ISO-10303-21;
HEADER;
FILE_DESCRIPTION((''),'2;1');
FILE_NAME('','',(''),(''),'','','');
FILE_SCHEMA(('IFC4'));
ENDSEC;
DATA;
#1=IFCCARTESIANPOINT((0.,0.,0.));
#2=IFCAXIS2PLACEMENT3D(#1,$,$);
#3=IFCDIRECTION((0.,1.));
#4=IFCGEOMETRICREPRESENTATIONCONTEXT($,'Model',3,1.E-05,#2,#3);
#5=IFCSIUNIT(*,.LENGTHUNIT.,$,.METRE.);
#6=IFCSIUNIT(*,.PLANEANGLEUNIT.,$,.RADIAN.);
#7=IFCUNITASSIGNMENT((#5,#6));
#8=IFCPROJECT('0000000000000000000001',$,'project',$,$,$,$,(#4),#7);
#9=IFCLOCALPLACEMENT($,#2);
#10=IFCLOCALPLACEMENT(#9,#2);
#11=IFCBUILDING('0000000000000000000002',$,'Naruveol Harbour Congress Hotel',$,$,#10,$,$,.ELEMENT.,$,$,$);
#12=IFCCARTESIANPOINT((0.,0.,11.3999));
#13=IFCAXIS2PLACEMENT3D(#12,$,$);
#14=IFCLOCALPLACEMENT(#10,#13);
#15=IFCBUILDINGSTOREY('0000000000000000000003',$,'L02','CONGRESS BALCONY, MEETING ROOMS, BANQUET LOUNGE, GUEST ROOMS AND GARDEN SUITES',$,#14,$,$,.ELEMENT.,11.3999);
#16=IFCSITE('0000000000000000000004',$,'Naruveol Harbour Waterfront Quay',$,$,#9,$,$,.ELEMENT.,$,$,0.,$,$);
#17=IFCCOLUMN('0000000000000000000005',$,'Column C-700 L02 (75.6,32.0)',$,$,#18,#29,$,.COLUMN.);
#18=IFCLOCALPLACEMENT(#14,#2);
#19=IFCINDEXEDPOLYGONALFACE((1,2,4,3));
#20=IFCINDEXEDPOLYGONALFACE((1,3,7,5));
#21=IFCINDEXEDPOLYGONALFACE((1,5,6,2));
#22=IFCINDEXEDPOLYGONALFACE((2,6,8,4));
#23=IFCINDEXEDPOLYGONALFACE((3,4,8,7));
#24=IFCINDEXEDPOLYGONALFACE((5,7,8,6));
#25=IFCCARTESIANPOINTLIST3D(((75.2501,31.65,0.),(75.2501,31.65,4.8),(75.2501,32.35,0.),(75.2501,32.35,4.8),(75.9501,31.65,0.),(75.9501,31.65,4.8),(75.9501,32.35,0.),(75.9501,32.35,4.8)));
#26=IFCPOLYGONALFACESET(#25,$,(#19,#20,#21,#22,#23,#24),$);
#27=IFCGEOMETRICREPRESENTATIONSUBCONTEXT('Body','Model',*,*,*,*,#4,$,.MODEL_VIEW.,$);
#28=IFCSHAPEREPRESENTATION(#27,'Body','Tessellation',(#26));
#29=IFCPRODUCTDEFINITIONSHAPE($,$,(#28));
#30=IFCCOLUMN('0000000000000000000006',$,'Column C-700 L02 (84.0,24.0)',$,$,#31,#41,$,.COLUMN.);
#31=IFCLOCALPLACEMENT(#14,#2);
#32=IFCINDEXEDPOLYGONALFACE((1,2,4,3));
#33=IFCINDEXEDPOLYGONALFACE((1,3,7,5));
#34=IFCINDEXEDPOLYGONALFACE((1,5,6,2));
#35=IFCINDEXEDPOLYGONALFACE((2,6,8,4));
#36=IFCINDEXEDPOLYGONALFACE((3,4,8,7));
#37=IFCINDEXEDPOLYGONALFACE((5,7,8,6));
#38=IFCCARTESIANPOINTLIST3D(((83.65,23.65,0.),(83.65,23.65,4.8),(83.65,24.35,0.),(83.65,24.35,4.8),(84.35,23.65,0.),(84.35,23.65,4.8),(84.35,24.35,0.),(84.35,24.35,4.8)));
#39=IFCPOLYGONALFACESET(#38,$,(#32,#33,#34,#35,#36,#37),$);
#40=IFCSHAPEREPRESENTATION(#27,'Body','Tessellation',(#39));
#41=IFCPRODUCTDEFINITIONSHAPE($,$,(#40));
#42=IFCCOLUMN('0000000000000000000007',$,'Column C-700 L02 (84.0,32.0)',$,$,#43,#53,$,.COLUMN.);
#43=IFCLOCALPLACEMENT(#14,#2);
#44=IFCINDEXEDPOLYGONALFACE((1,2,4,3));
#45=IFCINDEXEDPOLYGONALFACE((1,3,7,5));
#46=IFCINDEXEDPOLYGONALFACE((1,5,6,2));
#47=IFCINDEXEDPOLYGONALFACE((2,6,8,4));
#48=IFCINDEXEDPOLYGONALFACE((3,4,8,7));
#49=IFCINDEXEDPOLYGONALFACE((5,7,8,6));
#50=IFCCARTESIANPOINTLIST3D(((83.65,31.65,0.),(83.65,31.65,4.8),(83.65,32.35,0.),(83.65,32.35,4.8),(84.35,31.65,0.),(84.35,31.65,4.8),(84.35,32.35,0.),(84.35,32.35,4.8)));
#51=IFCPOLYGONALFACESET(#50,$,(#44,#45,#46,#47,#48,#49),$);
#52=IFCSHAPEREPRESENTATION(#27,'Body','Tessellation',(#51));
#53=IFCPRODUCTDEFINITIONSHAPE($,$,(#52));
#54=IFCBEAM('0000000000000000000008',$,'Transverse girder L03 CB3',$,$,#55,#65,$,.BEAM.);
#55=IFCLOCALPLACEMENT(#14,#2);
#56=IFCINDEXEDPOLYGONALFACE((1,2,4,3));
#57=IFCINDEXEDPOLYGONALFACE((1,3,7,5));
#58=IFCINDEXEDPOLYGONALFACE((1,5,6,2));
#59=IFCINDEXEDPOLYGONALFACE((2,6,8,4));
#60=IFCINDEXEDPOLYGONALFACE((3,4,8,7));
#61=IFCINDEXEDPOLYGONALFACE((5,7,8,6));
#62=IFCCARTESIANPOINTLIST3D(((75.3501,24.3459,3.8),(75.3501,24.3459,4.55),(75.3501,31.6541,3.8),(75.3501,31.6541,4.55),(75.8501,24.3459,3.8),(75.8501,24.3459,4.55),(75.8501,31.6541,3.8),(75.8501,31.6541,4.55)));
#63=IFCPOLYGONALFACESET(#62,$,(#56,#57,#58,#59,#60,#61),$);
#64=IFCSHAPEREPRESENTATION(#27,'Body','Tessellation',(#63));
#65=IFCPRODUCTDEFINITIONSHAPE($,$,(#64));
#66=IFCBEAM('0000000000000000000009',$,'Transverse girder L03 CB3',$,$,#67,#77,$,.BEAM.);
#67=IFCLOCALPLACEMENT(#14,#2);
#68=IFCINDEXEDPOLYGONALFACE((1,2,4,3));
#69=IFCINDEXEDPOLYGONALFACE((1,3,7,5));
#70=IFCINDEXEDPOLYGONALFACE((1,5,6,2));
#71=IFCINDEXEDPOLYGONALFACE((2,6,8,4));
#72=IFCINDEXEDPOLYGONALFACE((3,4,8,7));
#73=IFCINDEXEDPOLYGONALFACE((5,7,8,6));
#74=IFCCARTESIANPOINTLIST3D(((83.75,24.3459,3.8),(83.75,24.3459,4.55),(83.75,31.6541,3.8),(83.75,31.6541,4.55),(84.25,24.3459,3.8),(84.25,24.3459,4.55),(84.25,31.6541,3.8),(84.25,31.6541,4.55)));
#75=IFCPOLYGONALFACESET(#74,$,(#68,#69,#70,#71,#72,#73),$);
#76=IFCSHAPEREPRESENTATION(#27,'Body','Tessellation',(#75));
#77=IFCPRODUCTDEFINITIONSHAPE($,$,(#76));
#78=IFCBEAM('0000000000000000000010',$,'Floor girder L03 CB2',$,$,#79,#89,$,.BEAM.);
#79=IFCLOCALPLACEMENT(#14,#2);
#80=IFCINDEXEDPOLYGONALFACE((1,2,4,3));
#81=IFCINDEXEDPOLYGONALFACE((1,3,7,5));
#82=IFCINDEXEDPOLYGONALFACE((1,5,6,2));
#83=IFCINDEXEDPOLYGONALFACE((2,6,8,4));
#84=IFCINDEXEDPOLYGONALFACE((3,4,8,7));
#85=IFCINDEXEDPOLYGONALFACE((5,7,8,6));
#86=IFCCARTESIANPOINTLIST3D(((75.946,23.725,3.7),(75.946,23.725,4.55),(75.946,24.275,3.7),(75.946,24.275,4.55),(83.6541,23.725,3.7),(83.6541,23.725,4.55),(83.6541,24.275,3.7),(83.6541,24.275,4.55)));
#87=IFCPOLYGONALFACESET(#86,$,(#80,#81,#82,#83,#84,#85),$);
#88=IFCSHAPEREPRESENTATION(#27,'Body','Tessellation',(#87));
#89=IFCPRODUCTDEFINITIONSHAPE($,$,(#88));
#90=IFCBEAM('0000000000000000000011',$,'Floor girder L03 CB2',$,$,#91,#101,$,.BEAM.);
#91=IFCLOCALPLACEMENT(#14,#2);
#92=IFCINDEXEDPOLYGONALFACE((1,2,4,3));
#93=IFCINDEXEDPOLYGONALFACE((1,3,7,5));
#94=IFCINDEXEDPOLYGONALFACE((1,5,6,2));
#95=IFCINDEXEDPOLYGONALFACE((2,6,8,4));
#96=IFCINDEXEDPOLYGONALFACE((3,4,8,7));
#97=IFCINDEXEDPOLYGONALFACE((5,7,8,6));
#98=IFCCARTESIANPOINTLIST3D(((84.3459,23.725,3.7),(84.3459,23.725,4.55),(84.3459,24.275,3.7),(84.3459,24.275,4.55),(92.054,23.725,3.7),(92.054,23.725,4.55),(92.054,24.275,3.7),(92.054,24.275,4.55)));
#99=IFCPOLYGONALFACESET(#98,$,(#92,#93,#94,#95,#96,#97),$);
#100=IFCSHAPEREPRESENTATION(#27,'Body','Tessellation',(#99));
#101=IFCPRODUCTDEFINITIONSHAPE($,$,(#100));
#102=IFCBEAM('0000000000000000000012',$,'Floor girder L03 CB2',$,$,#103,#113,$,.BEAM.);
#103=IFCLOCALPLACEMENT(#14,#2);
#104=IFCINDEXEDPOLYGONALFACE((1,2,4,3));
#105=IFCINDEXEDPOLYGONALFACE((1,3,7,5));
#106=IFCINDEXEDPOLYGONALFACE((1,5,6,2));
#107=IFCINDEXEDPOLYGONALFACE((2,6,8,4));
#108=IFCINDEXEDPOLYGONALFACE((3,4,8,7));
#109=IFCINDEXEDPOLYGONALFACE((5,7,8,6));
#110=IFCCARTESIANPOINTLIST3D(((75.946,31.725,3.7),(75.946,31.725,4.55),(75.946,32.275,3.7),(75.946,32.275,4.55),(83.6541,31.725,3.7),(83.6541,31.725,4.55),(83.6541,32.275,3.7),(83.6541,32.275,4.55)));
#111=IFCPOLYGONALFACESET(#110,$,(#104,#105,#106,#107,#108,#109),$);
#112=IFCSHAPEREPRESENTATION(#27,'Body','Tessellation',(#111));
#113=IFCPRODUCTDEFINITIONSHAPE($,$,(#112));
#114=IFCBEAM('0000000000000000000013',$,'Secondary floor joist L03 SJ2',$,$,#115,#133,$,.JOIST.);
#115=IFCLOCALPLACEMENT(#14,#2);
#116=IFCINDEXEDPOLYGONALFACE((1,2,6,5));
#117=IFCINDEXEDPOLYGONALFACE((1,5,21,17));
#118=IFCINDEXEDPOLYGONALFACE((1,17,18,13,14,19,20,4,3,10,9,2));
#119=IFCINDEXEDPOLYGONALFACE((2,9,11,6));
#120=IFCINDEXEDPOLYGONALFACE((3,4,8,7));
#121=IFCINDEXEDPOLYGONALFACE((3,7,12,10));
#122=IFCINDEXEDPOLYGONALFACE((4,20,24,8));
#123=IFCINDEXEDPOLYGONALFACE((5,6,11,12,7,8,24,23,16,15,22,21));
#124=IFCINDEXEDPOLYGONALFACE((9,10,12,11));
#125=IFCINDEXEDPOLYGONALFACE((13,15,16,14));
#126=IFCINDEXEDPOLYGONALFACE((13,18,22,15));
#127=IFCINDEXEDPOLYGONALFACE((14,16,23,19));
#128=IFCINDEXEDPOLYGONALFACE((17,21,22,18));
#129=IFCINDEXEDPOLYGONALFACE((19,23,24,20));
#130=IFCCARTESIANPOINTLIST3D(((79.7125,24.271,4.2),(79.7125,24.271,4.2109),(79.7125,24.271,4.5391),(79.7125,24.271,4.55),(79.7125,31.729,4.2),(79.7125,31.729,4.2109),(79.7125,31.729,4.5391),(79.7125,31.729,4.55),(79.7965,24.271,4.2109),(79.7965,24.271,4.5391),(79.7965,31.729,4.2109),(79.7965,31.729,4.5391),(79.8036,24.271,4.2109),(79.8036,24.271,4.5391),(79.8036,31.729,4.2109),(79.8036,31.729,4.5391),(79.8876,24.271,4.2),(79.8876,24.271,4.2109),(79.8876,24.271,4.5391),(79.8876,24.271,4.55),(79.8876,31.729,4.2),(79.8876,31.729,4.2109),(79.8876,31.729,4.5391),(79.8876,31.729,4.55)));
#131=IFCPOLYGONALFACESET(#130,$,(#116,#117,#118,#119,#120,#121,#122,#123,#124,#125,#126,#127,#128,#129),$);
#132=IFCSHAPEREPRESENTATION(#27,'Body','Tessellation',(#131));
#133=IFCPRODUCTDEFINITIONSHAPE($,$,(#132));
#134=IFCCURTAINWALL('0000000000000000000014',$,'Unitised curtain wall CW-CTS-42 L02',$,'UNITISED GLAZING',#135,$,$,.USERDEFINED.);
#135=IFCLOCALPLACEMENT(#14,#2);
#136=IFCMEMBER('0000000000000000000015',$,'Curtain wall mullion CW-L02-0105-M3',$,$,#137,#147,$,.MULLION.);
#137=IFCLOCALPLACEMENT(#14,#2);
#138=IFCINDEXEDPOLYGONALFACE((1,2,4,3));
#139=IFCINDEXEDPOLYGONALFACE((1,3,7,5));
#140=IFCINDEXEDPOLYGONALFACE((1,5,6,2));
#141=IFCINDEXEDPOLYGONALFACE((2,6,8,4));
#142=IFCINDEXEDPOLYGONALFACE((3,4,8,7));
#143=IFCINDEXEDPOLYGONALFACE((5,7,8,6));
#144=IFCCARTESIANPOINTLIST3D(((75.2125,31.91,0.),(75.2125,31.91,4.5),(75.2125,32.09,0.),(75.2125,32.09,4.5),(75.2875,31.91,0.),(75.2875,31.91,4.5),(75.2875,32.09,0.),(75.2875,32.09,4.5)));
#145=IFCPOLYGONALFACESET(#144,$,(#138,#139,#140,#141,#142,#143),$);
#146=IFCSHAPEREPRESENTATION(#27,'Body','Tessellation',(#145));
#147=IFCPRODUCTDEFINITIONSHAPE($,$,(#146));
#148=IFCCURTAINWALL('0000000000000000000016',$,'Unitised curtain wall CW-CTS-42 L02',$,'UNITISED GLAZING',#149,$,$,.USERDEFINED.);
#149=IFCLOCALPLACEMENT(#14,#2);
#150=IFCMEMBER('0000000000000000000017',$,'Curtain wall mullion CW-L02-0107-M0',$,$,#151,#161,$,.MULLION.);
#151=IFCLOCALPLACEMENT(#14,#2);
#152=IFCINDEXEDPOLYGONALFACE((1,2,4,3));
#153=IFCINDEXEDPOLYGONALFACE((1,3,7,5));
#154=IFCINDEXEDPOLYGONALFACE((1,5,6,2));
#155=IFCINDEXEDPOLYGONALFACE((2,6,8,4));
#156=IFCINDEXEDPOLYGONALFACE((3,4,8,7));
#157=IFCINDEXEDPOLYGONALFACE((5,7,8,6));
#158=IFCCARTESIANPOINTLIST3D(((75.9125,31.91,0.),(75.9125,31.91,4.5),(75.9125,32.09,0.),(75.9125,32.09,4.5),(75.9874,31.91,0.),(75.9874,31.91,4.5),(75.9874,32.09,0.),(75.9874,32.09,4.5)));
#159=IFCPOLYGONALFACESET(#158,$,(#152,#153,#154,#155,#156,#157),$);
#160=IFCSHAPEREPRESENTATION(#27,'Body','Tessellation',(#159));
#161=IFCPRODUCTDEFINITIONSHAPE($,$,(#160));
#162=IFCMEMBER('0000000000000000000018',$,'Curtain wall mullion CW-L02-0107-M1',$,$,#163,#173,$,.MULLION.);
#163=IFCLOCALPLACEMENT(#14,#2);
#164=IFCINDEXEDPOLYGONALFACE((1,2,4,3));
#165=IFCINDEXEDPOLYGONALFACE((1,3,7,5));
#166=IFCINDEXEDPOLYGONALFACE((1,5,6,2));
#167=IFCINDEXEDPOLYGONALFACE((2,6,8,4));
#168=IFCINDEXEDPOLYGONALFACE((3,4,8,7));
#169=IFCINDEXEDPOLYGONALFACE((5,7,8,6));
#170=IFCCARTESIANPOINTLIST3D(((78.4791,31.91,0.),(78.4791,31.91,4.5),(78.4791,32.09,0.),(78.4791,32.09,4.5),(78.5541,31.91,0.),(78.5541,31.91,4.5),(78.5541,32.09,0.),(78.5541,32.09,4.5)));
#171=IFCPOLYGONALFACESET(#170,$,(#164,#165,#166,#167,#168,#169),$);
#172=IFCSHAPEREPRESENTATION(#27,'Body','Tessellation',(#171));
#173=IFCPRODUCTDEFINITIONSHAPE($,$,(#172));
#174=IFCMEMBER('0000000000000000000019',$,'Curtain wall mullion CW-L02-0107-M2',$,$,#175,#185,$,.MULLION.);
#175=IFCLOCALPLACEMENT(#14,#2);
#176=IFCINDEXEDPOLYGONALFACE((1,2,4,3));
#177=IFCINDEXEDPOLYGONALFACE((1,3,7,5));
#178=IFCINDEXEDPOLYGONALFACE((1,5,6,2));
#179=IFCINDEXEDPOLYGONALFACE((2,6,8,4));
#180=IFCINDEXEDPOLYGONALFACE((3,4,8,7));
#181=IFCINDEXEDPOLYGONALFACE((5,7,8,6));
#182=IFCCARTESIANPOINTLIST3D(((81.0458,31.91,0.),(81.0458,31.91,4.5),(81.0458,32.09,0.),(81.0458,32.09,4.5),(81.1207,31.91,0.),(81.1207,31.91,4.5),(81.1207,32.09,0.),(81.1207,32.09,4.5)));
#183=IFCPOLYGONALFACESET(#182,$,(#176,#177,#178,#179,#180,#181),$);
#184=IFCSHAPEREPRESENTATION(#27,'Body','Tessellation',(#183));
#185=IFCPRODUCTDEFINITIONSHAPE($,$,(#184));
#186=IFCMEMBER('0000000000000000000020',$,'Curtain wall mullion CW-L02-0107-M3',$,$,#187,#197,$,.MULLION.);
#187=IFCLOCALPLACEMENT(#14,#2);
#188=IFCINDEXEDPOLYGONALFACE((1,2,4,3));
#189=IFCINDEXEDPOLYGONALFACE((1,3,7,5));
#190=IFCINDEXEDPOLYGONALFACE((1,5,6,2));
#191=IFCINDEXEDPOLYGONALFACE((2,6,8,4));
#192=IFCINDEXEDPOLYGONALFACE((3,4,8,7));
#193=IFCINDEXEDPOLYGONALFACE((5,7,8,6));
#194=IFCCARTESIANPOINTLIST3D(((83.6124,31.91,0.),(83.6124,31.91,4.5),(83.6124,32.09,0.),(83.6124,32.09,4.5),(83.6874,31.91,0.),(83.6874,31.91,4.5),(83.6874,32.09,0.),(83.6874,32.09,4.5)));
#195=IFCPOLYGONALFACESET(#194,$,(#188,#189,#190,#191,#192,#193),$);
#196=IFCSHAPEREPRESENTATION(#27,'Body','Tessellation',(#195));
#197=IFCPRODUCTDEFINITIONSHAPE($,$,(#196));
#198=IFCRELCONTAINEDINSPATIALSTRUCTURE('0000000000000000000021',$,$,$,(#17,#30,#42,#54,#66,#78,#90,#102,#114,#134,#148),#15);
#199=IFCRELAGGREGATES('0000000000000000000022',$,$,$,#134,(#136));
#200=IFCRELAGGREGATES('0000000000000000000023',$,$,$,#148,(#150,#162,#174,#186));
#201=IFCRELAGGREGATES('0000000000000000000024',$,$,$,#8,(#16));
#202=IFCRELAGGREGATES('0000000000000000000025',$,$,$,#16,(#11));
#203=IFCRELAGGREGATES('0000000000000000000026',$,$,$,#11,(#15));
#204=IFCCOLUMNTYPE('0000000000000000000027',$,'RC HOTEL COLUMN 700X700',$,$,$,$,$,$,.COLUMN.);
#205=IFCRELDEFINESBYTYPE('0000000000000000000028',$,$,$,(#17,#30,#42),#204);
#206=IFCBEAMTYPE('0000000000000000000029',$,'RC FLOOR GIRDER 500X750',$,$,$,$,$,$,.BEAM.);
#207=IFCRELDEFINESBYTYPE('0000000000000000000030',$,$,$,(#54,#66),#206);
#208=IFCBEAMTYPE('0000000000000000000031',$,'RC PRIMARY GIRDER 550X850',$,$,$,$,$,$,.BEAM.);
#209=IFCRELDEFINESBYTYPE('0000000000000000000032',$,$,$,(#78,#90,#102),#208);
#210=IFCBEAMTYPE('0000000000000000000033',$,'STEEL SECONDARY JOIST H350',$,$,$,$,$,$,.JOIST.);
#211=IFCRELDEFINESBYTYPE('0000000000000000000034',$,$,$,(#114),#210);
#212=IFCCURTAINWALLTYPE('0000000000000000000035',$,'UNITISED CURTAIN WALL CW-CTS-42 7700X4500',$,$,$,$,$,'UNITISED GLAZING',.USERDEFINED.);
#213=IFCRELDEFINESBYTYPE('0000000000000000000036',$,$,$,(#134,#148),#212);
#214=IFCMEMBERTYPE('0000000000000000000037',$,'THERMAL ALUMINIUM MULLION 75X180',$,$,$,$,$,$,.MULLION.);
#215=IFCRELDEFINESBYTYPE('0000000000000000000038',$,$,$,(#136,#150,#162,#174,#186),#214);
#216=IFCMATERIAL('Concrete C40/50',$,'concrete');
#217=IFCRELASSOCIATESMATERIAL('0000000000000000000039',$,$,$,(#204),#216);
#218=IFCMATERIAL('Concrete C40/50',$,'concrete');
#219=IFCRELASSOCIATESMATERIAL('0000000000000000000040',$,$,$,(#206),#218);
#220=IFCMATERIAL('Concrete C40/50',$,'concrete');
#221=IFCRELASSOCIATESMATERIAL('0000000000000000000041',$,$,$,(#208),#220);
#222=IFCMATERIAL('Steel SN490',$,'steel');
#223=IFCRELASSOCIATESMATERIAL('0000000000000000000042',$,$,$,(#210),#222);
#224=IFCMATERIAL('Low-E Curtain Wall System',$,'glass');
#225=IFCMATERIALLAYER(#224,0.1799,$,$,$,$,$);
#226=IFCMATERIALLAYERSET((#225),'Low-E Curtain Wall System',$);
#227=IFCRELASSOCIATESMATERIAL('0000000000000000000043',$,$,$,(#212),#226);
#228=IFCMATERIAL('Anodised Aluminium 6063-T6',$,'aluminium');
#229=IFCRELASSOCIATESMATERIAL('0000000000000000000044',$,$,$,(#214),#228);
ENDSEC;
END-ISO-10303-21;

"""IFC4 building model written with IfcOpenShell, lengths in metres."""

from ifc_helpers import new_model, si_unit, direction, frame, origin, origin_2d, place, context, subcontext, project, spatial, rectangle, i_section, extrude, material, layer, layer_set, material_profile, profile_set, type_object, element, aggregate, save


model = new_model("IFC4")

# Units and contexts
model_context = context("Model", 3, precision=1e-05, world=origin(), true_north=direction((0.0, 1.0)))
body_context = subcontext(model_context, "Body", "Model", "MODEL_VIEW")
ifc_project = project(units=[si_unit("LENGTHUNIT", "METRE"), si_unit("PLANEANGLEUNIT", "RADIAN")], contexts=[model_context])

# Site, building, storey
site_placement = place(None, origin())
site = spatial("IfcSite", under=ifc_project, at=site_placement, Name="Naruveol Harbour Waterfront Quay", CompositionType="ELEMENT", RefElevation=0.0)
building_placement = place(site_placement, origin())
building = spatial("IfcBuilding", under=site, at=building_placement, Name="Naruveol Harbour Congress Hotel", CompositionType="ELEMENT")
storey_placement = place(building_placement, frame((0.0, 0.0, 11.3999)))
storey = spatial("IfcBuildingStorey", under=building, at=storey_placement, Name="L02", Description="CONGRESS BALCONY, MEETING ROOMS, BANQUET LOUNGE, GUEST ROOMS AND GARDEN SUITES", CompositionType="ELEMENT", Elevation=11.3999)

# Columns
ifc_material_1 = material(Name="Concrete C40/50", Category="concrete")
ifc_material_profile_1 = material_profile(ifc_material_1, rectangle(XDim=0.7, YDim=0.7, at=origin_2d()), Name="RC-700x700")
ifc_profile_set_1 = profile_set([ifc_material_profile_1], Name="Concrete C40/50")
column_type = type_object("IfcColumnType", Name="RC HOTEL COLUMN 700X700", PredefinedType="COLUMN", material=ifc_profile_set_1)
for number, where, z_axis, x_axis, name in (
    (1, (75.6001, 32.0, 0.0), (0.0, 0.0, 1.0), (1.0, 0.0, 0.0), "Column C-700 L02 (75.6,32.0)"),
    (2, (84.0, 24.0, 0.0), (0.0, 0.0, 1.0), (1.0, 0.0, 0.0), "Column C-700 L02 (84.0,24.0)"),
    (3, (84.0, 32.0, 0.0), (0.0, 0.0, 1.0), (1.0, 0.0, 0.0), "Column C-700 L02 (84.0,32.0)"),
):
    element("IfcColumn", number, at=place(storey_placement, frame(where, z_axis=z_axis, x_axis=x_axis)), inside=storey, type_object=column_type, Name=name, PredefinedType="COLUMN", context=body_context, shape_type="SweptSolid", body=[
        extrude(rectangle(XDim=0.7, YDim=0.7, at=origin_2d()), origin(), (0.0, 0.0, 1.0), 4.8),
    ])

# Beams
ifc_material_2 = material(Name="Concrete C40/50", Category="concrete")
ifc_material_profile_2 = material_profile(ifc_material_2, rectangle(XDim=0.5, YDim=0.75, at=origin_2d()), Name="RCB-500x750")
ifc_profile_set_2 = profile_set([ifc_material_profile_2], Name="Concrete C40/50")
beam_type_1 = type_object("IfcBeamType", Name="RC FLOOR GIRDER 500X750", PredefinedType="BEAM", material=ifc_profile_set_2)
for number, where, z_axis, x_axis, name in (
    (4, (75.6001, 24.3459, 4.175), (0.0, 1.0, 0.0), (-1.0, 0.0, 0.0), "Transverse girder L03 CB3"),
    (5, (84.0, 24.3459, 4.175), (0.0, 1.0, 0.0), (-1.0, 0.0, 0.0), "Transverse girder L03 CB3"),
):
    element("IfcBeam", number, at=place(storey_placement, frame(where, z_axis=z_axis, x_axis=x_axis)), inside=storey, type_object=beam_type_1, Name=name, PredefinedType="BEAM", context=body_context, shape_type="SweptSolid", body=[
        extrude(rectangle(XDim=0.5, YDim=0.75, at=origin_2d()), origin(), (0.0, 0.0, 1.0), 7.3081),
    ])
ifc_material_3 = material(Name="Concrete C40/50", Category="concrete")
ifc_material_profile_3 = material_profile(ifc_material_3, rectangle(XDim=0.55, YDim=0.8501, at=origin_2d()), Name="RCB-550x850")
ifc_profile_set_3 = profile_set([ifc_material_profile_3], Name="Concrete C40/50")
beam_type_2 = type_object("IfcBeamType", Name="RC PRIMARY GIRDER 550X850", PredefinedType="BEAM", material=ifc_profile_set_3)
for number, where, z_axis, x_axis, name in (
    (6, (75.946, 24.0, 4.125), (1.0, 0.0, 0.0), (0.0, 1.0, 0.0), "Floor girder L03 CB2"),
    (7, (84.3459, 24.0, 4.125), (1.0, 0.0, 0.0), (0.0, 1.0, 0.0), "Floor girder L03 CB2"),
    (8, (75.946, 32.0, 4.125), (1.0, 0.0, 0.0), (0.0, 1.0, 0.0), "Floor girder L03 CB2"),
):
    element("IfcBeam", number, at=place(storey_placement, frame(where, z_axis=z_axis, x_axis=x_axis)), inside=storey, type_object=beam_type_2, Name=name, PredefinedType="BEAM", context=body_context, shape_type="SweptSolid", body=[
        extrude(rectangle(XDim=0.55, YDim=0.8501, at=origin_2d()), origin(), (0.0, 0.0, 1.0), 7.708),
    ])
ifc_material_4 = material(Name="Steel SN490", Category="steel")
ifc_material_profile_4 = material_profile(ifc_material_4, i_section(OverallWidth=0.175, OverallDepth=0.3501, WebThickness=0.0071, FlangeThickness=0.011, at=origin_2d()), Name="H-350x175x7x11")
ifc_profile_set_4 = profile_set([ifc_material_profile_4], Name="Steel SN490")
beam_type_3 = type_object("IfcBeamType", Name="STEEL SECONDARY JOIST H350", PredefinedType="JOIST", material=ifc_profile_set_4)
beam_placement = place(storey_placement, frame((79.8, 24.271, 4.375), z_axis=(0.0, 1.0, 0.0), x_axis=(-1.0, 0.0, 0.0)))
element("IfcBeam", 9, at=beam_placement, inside=storey, type_object=beam_type_3, Name="Secondary floor joist L03 SJ2", PredefinedType="JOIST", context=body_context, shape_type="SweptSolid", body=[
    extrude(i_section(OverallWidth=0.175, OverallDepth=0.3501, WebThickness=0.0071, FlangeThickness=0.011, at=origin_2d()), origin(), (0.0, 0.0, 1.0), 7.458),
])

# Curtain wall, member
ifc_material_5 = material(Name="Low-E Curtain Wall System", Category="glass")
ifc_layer_1 = layer(ifc_material_5, 0.1799)
ifc_layer_set_1 = layer_set([ifc_layer_1], Name="Low-E Curtain Wall System")
curtain_wall_type = type_object("IfcCurtainWallType", Name="UNITISED CURTAIN WALL CW-CTS-42 7700X4500", ElementType="UNITISED GLAZING", PredefinedType="USERDEFINED", material=ifc_layer_set_1)
curtain_wall_1_placement = place(storey_placement, origin())
curtain_wall_1 = element("IfcCurtainWall", 10, at=curtain_wall_1_placement, inside=storey, type_object=curtain_wall_type, Name="Unitised curtain wall CW-CTS-42 L02", ObjectType="UNITISED GLAZING", PredefinedType="USERDEFINED")
ifc_material_6 = material(Name="Anodised Aluminium 6063-T6", Category="aluminium")
ifc_material_profile_5 = material_profile(ifc_material_6, rectangle(XDim=0.075, YDim=0.1799, at=origin_2d()), Name="ALU-75x180")
ifc_profile_set_5 = profile_set([ifc_material_profile_5], Name="Anodised Aluminium 6063-T6")
member_type_1 = type_object("IfcMemberType", Name="THERMAL ALUMINIUM MULLION 75X180", PredefinedType="MULLION", material=ifc_profile_set_5)
member_1_placement = place(storey_placement, frame((75.25, 32.0, 0.0), z_axis=(0.0, 0.0, 1.0), x_axis=(1.0, 0.0, 0.0)))
member_1 = element("IfcMember", 11, at=member_1_placement, type_object=member_type_1, Name="Curtain wall mullion CW-L02-0105-M3", PredefinedType="MULLION", context=body_context, shape_type="SweptSolid", body=[
    extrude(rectangle(XDim=0.075, YDim=0.1799, at=origin_2d()), origin(), (0.0, 0.0, 1.0), 4.5),
])

# Curtain wall, members
curtain_wall_2_placement = place(storey_placement, origin())
curtain_wall_2 = element("IfcCurtainWall", 12, at=curtain_wall_2_placement, inside=storey, type_object=curtain_wall_type, Name="Unitised curtain wall CW-CTS-42 L02", ObjectType="UNITISED GLAZING", PredefinedType="USERDEFINED")
member_2_placement = place(storey_placement, frame((75.95, 32.0, 0.0), z_axis=(0.0, 0.0, 1.0), x_axis=(1.0, 0.0, 0.0)))
member_2 = element("IfcMember", 13, at=member_2_placement, type_object=member_type_1, Name="Curtain wall mullion CW-L02-0107-M0", PredefinedType="MULLION", context=body_context, shape_type="SweptSolid", body=[
    extrude(rectangle(XDim=0.075, YDim=0.1799, at=origin_2d()), origin(), (0.0, 0.0, 1.0), 4.5),
])
member_3_placement = place(storey_placement, frame((78.5166, 32.0, 0.0), z_axis=(0.0, 0.0, 1.0), x_axis=(1.0, 0.0, 0.0)))
member_3 = element("IfcMember", 14, at=member_3_placement, type_object=member_type_1, Name="Curtain wall mullion CW-L02-0107-M1", PredefinedType="MULLION", context=body_context, shape_type="SweptSolid", body=[
    extrude(rectangle(XDim=0.075, YDim=0.1799, at=origin_2d()), origin(), (0.0, 0.0, 1.0), 4.5),
])
member_4_placement = place(storey_placement, frame((81.0833, 32.0, 0.0), z_axis=(0.0, 0.0, 1.0), x_axis=(1.0, 0.0, 0.0)))
member_4 = element("IfcMember", 15, at=member_4_placement, type_object=member_type_1, Name="Curtain wall mullion CW-L02-0107-M2", PredefinedType="MULLION", context=body_context, shape_type="SweptSolid", body=[
    extrude(rectangle(XDim=0.075, YDim=0.1799, at=origin_2d()), origin(), (0.0, 0.0, 1.0), 4.5),
])
member_5_placement = place(storey_placement, frame((83.6499, 32.0, 0.0), z_axis=(0.0, 0.0, 1.0), x_axis=(1.0, 0.0, 0.0)))
member_5 = element("IfcMember", 16, at=member_5_placement, type_object=member_type_1, Name="Curtain wall mullion CW-L02-0107-M3", PredefinedType="MULLION", context=body_context, shape_type="SweptSolid", body=[
    extrude(rectangle(XDim=0.075, YDim=0.1799, at=origin_2d()), origin(), (0.0, 0.0, 1.0), 4.5),
])

aggregate(curtain_wall_1, [member_1])
aggregate(curtain_wall_2, [member_2, member_3, member_4, member_5])

save(model, "model.ifc")
